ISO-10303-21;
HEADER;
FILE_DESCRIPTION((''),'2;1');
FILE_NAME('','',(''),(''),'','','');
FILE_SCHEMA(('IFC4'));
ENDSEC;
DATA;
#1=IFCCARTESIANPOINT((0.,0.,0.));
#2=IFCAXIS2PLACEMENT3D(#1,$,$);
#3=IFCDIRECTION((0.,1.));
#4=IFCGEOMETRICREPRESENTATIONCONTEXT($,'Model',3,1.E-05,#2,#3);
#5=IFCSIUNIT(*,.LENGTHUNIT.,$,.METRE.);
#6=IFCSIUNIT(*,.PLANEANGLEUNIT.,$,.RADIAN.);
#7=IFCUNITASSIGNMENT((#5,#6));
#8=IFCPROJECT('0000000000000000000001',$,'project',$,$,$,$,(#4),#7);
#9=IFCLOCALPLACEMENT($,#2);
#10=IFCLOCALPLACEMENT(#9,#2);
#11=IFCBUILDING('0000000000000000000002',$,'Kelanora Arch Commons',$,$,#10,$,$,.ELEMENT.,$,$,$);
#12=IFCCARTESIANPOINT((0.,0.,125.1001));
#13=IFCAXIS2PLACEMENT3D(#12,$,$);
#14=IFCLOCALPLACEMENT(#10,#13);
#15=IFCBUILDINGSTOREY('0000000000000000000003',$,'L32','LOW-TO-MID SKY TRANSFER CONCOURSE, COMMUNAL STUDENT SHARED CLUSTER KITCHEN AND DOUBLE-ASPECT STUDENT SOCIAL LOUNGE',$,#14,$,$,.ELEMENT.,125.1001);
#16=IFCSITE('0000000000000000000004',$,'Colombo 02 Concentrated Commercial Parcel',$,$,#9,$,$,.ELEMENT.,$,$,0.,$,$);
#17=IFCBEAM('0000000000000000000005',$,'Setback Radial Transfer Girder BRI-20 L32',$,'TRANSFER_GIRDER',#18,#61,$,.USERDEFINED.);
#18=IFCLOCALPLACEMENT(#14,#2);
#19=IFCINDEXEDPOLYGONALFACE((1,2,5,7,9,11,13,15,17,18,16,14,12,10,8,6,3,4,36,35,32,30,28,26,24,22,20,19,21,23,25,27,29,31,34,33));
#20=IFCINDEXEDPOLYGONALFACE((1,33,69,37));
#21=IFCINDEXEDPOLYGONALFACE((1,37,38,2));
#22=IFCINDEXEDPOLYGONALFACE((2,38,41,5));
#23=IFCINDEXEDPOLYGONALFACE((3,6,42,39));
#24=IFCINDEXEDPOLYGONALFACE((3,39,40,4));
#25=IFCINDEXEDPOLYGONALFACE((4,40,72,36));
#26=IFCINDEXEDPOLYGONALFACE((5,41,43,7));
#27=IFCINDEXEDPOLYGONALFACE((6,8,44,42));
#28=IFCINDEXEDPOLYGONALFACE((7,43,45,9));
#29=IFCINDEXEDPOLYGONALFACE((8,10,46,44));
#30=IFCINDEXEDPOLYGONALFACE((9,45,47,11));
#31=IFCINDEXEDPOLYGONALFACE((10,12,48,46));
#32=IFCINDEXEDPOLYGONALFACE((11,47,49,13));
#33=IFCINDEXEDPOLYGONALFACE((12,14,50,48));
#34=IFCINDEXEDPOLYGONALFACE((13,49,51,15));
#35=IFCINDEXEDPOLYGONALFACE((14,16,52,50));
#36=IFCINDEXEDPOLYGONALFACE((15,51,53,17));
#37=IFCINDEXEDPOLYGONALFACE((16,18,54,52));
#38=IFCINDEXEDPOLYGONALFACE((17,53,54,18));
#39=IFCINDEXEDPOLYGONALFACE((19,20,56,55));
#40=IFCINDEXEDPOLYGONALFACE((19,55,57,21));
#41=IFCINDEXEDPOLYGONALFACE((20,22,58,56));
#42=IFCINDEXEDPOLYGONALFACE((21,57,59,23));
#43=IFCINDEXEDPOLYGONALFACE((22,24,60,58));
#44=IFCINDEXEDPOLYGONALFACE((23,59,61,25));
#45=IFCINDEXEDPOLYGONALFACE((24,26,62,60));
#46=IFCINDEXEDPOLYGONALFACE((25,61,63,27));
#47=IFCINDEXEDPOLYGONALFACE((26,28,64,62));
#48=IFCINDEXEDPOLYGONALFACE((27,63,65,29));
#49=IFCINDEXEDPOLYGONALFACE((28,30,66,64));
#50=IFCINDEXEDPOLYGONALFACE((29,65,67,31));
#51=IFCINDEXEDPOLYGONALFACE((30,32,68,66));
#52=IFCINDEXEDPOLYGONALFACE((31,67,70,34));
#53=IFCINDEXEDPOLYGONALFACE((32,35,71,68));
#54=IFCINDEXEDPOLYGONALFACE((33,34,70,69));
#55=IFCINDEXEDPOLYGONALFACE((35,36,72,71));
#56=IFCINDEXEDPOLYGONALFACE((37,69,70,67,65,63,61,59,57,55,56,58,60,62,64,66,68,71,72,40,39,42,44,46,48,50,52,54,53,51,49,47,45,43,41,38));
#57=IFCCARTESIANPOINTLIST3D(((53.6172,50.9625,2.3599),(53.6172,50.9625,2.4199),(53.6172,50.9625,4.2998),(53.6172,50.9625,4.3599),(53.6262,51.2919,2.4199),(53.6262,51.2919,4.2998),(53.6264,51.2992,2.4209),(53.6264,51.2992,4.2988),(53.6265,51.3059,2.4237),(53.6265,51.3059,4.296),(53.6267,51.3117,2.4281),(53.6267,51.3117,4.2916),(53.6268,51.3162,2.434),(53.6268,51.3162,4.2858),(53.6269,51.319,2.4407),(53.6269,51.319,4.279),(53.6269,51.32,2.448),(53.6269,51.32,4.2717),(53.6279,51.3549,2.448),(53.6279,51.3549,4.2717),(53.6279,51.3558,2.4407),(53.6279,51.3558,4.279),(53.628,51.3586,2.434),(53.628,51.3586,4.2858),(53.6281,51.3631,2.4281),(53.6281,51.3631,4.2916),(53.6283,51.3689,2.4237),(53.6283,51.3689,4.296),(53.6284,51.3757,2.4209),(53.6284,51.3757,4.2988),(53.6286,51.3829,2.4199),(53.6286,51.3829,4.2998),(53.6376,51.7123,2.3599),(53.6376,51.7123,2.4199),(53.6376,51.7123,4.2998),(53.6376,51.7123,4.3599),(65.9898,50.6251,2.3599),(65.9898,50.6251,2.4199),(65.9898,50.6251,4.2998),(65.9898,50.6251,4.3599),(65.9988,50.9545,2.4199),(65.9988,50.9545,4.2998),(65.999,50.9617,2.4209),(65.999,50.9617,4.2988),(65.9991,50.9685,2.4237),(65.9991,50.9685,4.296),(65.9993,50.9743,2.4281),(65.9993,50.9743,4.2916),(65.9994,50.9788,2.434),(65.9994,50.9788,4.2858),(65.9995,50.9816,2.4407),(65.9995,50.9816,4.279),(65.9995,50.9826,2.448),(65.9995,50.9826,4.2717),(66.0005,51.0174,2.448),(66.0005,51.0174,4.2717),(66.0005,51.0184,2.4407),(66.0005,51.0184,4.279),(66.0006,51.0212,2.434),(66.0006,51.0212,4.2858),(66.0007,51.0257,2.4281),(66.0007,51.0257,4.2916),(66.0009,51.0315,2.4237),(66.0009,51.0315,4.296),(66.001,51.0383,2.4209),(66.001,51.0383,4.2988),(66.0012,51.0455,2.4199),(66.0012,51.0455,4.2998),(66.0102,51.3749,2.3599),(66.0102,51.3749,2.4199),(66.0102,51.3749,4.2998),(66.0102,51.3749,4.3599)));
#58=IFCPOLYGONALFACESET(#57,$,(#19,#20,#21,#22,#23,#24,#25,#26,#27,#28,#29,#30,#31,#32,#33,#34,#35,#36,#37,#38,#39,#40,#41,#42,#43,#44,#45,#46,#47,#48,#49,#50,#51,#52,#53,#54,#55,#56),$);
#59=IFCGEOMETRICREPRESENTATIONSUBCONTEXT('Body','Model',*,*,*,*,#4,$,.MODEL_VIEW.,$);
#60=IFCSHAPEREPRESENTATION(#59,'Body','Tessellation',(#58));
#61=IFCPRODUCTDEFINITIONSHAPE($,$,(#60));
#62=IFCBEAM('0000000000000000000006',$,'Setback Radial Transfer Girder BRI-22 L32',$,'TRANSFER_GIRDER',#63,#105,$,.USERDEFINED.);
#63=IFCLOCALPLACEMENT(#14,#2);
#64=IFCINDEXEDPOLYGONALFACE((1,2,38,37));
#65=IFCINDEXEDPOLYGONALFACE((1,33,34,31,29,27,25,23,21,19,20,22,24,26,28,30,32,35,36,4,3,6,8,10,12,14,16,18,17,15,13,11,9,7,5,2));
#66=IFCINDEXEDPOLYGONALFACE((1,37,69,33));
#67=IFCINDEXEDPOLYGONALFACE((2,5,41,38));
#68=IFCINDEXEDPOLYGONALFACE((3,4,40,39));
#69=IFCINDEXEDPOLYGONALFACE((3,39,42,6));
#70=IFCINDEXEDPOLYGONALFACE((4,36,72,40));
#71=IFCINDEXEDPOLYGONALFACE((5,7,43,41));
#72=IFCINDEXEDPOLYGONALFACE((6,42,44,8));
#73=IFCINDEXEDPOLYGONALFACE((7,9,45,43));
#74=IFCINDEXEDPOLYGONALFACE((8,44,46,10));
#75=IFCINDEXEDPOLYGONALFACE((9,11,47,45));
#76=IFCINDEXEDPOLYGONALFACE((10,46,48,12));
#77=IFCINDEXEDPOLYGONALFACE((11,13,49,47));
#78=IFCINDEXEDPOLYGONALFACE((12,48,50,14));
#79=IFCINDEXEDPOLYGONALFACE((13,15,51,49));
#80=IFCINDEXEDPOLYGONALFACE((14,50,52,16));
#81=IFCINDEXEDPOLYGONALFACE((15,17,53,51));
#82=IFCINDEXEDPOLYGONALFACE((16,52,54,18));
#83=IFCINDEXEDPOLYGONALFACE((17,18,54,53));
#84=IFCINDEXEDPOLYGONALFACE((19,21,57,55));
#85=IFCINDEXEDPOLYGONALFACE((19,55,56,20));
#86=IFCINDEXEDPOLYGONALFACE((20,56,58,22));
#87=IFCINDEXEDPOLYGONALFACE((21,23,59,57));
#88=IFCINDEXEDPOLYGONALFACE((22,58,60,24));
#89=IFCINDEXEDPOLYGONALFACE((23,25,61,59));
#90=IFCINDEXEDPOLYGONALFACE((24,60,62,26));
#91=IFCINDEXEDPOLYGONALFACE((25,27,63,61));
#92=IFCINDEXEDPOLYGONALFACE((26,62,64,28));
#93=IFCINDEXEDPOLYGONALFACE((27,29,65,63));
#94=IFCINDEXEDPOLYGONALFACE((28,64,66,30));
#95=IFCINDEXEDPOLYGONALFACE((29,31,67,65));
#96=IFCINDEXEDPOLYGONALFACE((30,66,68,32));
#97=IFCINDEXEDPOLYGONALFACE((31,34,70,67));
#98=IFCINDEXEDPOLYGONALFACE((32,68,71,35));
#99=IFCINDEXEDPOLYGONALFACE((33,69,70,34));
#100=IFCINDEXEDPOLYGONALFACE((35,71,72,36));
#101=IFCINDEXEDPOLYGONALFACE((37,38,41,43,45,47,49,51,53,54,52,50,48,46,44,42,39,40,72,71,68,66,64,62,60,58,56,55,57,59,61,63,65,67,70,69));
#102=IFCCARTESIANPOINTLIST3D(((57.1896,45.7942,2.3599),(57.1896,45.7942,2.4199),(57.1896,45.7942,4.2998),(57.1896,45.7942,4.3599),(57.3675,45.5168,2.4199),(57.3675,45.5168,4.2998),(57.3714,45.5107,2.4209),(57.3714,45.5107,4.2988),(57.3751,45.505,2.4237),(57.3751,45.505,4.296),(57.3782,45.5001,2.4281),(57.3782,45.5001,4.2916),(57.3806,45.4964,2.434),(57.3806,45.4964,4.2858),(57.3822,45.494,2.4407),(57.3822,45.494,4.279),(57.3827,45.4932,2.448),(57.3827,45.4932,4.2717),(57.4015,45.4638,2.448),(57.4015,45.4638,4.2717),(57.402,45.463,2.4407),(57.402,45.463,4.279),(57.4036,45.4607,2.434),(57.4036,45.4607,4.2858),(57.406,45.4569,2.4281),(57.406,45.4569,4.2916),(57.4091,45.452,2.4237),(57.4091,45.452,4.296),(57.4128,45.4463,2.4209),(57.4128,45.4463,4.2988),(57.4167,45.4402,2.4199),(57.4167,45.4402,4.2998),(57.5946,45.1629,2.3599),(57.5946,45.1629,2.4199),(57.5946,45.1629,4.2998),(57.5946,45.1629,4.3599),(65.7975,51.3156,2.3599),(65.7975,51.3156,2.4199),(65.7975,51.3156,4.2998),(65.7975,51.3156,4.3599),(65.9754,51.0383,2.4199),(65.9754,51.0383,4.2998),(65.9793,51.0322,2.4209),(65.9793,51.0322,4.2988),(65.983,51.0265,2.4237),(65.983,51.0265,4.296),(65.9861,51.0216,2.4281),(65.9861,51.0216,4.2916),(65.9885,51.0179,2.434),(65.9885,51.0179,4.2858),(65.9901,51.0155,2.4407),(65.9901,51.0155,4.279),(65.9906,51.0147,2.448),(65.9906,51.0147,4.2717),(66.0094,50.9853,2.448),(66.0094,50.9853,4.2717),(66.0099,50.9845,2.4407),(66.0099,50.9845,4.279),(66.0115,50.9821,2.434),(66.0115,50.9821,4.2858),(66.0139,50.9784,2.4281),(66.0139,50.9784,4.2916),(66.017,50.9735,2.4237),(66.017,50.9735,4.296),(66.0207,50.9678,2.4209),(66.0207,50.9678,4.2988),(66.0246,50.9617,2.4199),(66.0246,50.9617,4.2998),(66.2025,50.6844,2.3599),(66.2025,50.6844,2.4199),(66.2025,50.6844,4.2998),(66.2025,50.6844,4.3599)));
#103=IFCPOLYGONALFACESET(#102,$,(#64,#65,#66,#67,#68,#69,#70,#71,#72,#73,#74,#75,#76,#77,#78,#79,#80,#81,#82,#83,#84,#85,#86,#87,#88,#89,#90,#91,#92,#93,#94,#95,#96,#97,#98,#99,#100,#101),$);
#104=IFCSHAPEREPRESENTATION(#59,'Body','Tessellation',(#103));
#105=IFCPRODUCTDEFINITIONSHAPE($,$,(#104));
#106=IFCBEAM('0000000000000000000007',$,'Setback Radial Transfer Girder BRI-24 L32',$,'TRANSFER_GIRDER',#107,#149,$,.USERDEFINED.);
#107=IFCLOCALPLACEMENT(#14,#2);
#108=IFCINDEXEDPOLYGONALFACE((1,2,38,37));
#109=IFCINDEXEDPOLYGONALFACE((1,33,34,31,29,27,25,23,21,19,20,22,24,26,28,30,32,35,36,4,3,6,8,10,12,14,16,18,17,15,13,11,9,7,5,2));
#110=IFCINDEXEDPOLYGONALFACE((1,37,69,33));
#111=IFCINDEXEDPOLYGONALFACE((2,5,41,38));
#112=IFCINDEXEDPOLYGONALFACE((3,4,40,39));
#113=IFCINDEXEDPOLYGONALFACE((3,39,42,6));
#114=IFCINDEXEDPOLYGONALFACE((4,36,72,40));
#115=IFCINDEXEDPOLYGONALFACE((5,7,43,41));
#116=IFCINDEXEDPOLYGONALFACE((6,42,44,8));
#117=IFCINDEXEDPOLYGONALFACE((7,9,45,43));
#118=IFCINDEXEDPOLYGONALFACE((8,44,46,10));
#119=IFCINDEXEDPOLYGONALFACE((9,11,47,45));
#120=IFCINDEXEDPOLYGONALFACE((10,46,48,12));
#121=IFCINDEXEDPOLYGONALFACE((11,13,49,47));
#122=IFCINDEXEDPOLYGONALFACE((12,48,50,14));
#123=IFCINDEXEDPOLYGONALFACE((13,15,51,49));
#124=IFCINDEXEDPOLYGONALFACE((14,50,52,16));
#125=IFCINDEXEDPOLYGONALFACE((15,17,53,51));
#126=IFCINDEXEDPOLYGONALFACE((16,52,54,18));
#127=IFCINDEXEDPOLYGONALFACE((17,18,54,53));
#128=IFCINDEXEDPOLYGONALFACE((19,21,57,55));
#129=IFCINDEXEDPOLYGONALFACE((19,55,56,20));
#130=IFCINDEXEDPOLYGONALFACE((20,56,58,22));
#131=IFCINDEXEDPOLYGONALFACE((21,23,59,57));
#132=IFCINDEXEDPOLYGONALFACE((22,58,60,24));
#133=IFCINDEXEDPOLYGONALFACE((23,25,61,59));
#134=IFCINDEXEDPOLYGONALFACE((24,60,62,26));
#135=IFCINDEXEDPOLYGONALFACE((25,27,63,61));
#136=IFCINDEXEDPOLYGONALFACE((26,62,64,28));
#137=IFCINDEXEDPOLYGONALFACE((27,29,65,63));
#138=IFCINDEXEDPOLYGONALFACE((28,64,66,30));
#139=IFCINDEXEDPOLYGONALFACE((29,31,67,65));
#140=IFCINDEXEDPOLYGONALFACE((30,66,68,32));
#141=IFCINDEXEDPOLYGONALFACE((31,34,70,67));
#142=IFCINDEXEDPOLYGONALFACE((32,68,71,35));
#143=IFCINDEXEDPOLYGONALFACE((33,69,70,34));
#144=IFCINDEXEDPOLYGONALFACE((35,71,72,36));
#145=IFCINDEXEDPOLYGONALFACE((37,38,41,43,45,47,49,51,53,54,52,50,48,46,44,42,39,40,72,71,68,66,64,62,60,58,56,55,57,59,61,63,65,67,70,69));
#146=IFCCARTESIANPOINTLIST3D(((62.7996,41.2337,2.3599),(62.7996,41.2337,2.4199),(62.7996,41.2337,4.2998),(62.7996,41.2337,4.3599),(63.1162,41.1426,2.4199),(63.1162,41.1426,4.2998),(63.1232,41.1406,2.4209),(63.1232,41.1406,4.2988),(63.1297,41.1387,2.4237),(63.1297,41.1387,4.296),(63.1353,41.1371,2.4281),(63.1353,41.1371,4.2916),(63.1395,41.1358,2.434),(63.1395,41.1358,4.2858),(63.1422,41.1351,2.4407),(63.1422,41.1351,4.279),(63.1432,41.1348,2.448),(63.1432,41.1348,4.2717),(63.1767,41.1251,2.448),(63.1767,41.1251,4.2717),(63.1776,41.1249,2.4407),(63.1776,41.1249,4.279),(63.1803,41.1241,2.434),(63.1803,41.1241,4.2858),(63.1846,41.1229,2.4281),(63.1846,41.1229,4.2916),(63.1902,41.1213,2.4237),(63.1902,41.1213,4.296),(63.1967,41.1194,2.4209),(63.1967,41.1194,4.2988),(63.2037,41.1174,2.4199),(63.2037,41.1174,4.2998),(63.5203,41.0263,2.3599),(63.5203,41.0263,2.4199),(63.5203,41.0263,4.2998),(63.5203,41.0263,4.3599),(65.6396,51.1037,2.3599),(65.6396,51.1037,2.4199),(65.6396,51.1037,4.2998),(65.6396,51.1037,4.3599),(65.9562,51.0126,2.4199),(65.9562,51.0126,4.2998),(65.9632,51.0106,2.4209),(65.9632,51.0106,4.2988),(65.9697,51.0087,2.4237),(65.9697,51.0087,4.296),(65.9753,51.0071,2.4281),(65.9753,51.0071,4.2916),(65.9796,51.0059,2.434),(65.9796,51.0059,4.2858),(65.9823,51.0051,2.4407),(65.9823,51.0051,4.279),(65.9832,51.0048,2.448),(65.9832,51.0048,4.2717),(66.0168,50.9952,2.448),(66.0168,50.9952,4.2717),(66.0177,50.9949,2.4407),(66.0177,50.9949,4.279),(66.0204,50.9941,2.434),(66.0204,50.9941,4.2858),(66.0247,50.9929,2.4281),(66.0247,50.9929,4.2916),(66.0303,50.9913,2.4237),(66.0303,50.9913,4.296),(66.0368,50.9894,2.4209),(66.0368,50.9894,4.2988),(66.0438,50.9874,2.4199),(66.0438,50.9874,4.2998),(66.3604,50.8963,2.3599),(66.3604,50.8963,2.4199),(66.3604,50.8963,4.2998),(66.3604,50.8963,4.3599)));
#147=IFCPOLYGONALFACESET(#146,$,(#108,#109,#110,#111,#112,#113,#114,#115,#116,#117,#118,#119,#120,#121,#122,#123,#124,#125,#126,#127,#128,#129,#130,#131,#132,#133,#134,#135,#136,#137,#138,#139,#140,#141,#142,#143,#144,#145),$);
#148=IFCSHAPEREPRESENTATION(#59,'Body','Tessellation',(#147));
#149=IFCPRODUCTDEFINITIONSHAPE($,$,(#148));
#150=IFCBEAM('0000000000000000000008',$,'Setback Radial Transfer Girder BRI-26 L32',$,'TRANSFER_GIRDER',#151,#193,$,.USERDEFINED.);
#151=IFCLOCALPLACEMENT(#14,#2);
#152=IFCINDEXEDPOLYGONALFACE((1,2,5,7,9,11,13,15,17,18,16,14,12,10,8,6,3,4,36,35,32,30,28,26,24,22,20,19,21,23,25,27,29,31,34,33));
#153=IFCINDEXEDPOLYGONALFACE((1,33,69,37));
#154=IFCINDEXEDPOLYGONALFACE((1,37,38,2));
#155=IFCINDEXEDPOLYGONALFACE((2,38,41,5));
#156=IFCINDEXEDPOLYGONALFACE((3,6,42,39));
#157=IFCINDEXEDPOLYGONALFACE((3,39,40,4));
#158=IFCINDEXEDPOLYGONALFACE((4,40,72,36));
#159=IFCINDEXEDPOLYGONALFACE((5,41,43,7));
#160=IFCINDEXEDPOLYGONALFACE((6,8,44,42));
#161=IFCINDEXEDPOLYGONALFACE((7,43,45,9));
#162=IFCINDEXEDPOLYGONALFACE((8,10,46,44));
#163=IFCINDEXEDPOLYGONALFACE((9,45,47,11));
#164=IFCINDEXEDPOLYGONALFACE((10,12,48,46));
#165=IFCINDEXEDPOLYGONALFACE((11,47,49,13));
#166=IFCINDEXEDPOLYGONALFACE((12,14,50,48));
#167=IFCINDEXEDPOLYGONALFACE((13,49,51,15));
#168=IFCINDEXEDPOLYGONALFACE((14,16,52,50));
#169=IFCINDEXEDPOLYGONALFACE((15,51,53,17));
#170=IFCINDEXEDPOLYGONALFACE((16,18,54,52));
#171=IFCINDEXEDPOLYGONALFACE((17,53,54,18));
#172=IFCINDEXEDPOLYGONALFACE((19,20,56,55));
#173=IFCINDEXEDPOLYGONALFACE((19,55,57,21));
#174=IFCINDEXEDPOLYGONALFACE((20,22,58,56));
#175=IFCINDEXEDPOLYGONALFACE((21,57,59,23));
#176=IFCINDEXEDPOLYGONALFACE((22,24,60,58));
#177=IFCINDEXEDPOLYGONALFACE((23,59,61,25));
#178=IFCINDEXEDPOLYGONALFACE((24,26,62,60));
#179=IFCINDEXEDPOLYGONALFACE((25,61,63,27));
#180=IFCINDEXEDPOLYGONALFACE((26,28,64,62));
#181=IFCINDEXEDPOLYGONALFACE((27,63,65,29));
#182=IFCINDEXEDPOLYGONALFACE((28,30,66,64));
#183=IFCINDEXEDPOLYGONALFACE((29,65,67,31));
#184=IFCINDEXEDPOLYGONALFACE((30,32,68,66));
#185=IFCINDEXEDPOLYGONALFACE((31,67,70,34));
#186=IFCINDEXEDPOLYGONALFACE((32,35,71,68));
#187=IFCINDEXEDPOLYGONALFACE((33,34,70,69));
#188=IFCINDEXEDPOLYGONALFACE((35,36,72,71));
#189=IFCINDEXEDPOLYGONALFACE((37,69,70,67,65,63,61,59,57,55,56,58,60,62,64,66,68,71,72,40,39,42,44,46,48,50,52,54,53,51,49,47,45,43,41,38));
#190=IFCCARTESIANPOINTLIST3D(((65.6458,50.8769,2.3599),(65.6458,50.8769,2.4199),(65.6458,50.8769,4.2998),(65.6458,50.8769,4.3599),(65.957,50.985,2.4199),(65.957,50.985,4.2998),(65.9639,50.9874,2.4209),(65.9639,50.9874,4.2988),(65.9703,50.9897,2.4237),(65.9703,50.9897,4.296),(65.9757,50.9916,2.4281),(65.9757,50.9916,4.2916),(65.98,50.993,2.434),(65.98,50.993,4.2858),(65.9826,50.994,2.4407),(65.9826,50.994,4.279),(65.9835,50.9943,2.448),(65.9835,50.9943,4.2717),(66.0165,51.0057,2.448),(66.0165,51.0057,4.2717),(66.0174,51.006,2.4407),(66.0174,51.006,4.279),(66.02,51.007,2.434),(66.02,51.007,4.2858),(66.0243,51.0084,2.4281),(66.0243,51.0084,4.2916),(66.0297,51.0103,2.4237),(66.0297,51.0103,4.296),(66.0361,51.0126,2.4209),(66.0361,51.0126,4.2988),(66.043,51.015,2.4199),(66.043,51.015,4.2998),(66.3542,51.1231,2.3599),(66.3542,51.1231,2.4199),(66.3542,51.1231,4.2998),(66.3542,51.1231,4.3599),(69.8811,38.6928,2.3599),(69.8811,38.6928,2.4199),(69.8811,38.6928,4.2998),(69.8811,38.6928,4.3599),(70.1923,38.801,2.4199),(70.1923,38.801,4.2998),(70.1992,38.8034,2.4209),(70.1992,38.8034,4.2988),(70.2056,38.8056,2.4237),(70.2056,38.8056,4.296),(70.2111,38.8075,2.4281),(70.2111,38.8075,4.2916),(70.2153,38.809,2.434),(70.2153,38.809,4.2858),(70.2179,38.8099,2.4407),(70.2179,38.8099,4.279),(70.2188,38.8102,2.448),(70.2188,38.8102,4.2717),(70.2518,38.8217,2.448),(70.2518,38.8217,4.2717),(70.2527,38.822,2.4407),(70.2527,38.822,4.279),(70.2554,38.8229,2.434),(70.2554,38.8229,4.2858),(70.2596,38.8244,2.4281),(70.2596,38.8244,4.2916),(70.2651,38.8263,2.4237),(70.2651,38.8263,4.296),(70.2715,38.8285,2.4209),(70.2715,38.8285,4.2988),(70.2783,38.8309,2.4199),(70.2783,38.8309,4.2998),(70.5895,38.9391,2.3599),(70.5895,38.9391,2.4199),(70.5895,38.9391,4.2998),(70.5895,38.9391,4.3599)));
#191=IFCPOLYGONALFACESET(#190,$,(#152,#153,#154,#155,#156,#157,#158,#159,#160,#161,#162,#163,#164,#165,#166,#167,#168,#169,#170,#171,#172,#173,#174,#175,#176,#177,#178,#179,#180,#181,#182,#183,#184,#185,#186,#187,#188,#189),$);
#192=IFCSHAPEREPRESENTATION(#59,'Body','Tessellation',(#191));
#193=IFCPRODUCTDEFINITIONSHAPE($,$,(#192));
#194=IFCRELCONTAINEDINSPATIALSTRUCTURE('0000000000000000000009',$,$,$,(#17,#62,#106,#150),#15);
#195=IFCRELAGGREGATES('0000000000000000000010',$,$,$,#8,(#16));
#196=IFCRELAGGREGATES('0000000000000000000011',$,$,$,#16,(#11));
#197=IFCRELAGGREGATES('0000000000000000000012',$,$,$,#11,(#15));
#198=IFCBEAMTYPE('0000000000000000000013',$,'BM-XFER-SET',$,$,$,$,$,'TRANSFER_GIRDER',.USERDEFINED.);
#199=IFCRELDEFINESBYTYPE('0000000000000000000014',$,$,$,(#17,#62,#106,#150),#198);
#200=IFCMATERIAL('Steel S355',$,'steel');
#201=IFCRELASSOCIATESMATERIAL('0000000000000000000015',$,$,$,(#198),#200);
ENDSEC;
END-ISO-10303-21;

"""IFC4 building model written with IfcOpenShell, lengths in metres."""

from ifc_helpers import new_model, si_unit, direction, frame, origin, origin_2d, place, context, subcontext, project, spatial, i_section, extrude, material, material_profile, profile_set, type_object, element, save


model = new_model("IFC4")

# Units and contexts
model_context = context("Model", 3, precision=1e-05, world=origin(), true_north=direction((0.0, 1.0)))
body_context = subcontext(model_context, "Body", "Model", "MODEL_VIEW")
ifc_project = project(units=[si_unit("LENGTHUNIT", "METRE"), si_unit("PLANEANGLEUNIT", "RADIAN")], contexts=[model_context])

# Site, building, storey
site_placement = place(None, origin())
site = spatial("IfcSite", under=ifc_project, at=site_placement, Name="Colombo 02 Concentrated Commercial Parcel", CompositionType="ELEMENT", RefElevation=0.0)
building_placement = place(site_placement, origin())
building = spatial("IfcBuilding", under=site, at=building_placement, Name="Kelanora Arch Commons", CompositionType="ELEMENT")
storey_placement = place(building_placement, frame((0.0, 0.0, 125.1001)))
storey = spatial("IfcBuildingStorey", under=building, at=storey_placement, Name="L32", Description="LOW-TO-MID SKY TRANSFER CONCOURSE, COMMUNAL STUDENT SHARED CLUSTER KITCHEN AND DOUBLE-ASPECT STUDENT SOCIAL LOUNGE", CompositionType="ELEMENT", Elevation=125.1001)

# Beams
ifc_material_1 = material(Name="Steel S355", Category="steel")
ifc_material_profile_1 = material_profile(ifc_material_1, i_section(OverallWidth=0.75, OverallDepth=2.0, WebThickness=0.0349, FlangeThickness=0.0601, FilletRadius=0.0281, at=origin_2d()), Name="PG2000x750")
ifc_profile_set_1 = profile_set([ifc_material_profile_1], Name="Steel S355")
beam_type_1 = type_object("IfcBeamType", Name="BM-XFER-SET", ElementType="TRANSFER_GIRDER", PredefinedType="USERDEFINED", material=ifc_profile_set_1)
beam_1_placement = place(storey_placement, frame((66.0, 51.0, 3.3599), z_axis=(-0.999628, 0.02726, 0.0), x_axis=(-0.02726, -0.999628, 0.0)))
element("IfcBeam", 1, at=beam_1_placement, inside=storey, type_object=beam_type_1, Name="Setback Radial Transfer Girder BRI-20 L32", ObjectType="TRANSFER_GIRDER", PredefinedType="USERDEFINED", context=body_context, shape_type="SweptSolid", body=[
    extrude(i_section(OverallWidth=0.75, OverallDepth=2.0, WebThickness=0.0349, FlangeThickness=0.0601, FilletRadius=0.0281, at=origin_2d()), origin(), (0.0, 0.0, 1.0), 12.3772),
])
beam_2_placement = place(storey_placement, frame((66.0, 51.0, 3.3599), z_axis=(-0.841719, -0.539915, 0.0), x_axis=(0.539915, -0.841719, 0.0)))
element("IfcBeam", 2, at=beam_2_placement, inside=storey, type_object=beam_type_1, Name="Setback Radial Transfer Girder BRI-22 L32", ObjectType="TRANSFER_GIRDER", PredefinedType="USERDEFINED", context=body_context, shape_type="SweptSolid", body=[
    extrude(i_section(OverallWidth=0.75, OverallDepth=2.0, WebThickness=0.0349, FlangeThickness=0.0601, FilletRadius=0.0281, at=origin_2d()), origin(), (0.0, 0.0, 1.0), 10.2266),
])
beam_3_placement = place(storey_placement, frame((66.0, 51.0, 3.3599), z_axis=(-0.276526, -0.961006, 0.0), x_axis=(0.961006, -0.276526, 0.0)))
element("IfcBeam", 3, at=beam_3_placement, inside=storey, type_object=beam_type_1, Name="Setback Radial Transfer Girder BRI-24 L32", ObjectType="TRANSFER_GIRDER", PredefinedType="USERDEFINED", context=body_context, shape_type="SweptSolid", body=[
    extrude(i_section(OverallWidth=0.75, OverallDepth=2.0, WebThickness=0.0349, FlangeThickness=0.0601, FilletRadius=0.0281, at=origin_2d()), origin(), (0.0, 0.0, 1.0), 10.2705),
])
beam_4_placement = place(storey_placement, frame((66.0, 51.0, 3.3599), z_axis=(0.328342, -0.944559, 0.0), x_axis=(0.944559, 0.328342, 0.0)))
element("IfcBeam", 4, at=beam_4_placement, inside=storey, type_object=beam_type_1, Name="Setback Radial Transfer Girder BRI-26 L32", ObjectType="TRANSFER_GIRDER", PredefinedType="USERDEFINED", context=body_context, shape_type="SweptSolid", body=[
    extrude(i_section(OverallWidth=0.75, OverallDepth=2.0, WebThickness=0.0349, FlangeThickness=0.0601, FilletRadius=0.0281, at=origin_2d()), origin(), (0.0, 0.0, 1.0), 12.8992),
])

save(model, "model.ifc")
